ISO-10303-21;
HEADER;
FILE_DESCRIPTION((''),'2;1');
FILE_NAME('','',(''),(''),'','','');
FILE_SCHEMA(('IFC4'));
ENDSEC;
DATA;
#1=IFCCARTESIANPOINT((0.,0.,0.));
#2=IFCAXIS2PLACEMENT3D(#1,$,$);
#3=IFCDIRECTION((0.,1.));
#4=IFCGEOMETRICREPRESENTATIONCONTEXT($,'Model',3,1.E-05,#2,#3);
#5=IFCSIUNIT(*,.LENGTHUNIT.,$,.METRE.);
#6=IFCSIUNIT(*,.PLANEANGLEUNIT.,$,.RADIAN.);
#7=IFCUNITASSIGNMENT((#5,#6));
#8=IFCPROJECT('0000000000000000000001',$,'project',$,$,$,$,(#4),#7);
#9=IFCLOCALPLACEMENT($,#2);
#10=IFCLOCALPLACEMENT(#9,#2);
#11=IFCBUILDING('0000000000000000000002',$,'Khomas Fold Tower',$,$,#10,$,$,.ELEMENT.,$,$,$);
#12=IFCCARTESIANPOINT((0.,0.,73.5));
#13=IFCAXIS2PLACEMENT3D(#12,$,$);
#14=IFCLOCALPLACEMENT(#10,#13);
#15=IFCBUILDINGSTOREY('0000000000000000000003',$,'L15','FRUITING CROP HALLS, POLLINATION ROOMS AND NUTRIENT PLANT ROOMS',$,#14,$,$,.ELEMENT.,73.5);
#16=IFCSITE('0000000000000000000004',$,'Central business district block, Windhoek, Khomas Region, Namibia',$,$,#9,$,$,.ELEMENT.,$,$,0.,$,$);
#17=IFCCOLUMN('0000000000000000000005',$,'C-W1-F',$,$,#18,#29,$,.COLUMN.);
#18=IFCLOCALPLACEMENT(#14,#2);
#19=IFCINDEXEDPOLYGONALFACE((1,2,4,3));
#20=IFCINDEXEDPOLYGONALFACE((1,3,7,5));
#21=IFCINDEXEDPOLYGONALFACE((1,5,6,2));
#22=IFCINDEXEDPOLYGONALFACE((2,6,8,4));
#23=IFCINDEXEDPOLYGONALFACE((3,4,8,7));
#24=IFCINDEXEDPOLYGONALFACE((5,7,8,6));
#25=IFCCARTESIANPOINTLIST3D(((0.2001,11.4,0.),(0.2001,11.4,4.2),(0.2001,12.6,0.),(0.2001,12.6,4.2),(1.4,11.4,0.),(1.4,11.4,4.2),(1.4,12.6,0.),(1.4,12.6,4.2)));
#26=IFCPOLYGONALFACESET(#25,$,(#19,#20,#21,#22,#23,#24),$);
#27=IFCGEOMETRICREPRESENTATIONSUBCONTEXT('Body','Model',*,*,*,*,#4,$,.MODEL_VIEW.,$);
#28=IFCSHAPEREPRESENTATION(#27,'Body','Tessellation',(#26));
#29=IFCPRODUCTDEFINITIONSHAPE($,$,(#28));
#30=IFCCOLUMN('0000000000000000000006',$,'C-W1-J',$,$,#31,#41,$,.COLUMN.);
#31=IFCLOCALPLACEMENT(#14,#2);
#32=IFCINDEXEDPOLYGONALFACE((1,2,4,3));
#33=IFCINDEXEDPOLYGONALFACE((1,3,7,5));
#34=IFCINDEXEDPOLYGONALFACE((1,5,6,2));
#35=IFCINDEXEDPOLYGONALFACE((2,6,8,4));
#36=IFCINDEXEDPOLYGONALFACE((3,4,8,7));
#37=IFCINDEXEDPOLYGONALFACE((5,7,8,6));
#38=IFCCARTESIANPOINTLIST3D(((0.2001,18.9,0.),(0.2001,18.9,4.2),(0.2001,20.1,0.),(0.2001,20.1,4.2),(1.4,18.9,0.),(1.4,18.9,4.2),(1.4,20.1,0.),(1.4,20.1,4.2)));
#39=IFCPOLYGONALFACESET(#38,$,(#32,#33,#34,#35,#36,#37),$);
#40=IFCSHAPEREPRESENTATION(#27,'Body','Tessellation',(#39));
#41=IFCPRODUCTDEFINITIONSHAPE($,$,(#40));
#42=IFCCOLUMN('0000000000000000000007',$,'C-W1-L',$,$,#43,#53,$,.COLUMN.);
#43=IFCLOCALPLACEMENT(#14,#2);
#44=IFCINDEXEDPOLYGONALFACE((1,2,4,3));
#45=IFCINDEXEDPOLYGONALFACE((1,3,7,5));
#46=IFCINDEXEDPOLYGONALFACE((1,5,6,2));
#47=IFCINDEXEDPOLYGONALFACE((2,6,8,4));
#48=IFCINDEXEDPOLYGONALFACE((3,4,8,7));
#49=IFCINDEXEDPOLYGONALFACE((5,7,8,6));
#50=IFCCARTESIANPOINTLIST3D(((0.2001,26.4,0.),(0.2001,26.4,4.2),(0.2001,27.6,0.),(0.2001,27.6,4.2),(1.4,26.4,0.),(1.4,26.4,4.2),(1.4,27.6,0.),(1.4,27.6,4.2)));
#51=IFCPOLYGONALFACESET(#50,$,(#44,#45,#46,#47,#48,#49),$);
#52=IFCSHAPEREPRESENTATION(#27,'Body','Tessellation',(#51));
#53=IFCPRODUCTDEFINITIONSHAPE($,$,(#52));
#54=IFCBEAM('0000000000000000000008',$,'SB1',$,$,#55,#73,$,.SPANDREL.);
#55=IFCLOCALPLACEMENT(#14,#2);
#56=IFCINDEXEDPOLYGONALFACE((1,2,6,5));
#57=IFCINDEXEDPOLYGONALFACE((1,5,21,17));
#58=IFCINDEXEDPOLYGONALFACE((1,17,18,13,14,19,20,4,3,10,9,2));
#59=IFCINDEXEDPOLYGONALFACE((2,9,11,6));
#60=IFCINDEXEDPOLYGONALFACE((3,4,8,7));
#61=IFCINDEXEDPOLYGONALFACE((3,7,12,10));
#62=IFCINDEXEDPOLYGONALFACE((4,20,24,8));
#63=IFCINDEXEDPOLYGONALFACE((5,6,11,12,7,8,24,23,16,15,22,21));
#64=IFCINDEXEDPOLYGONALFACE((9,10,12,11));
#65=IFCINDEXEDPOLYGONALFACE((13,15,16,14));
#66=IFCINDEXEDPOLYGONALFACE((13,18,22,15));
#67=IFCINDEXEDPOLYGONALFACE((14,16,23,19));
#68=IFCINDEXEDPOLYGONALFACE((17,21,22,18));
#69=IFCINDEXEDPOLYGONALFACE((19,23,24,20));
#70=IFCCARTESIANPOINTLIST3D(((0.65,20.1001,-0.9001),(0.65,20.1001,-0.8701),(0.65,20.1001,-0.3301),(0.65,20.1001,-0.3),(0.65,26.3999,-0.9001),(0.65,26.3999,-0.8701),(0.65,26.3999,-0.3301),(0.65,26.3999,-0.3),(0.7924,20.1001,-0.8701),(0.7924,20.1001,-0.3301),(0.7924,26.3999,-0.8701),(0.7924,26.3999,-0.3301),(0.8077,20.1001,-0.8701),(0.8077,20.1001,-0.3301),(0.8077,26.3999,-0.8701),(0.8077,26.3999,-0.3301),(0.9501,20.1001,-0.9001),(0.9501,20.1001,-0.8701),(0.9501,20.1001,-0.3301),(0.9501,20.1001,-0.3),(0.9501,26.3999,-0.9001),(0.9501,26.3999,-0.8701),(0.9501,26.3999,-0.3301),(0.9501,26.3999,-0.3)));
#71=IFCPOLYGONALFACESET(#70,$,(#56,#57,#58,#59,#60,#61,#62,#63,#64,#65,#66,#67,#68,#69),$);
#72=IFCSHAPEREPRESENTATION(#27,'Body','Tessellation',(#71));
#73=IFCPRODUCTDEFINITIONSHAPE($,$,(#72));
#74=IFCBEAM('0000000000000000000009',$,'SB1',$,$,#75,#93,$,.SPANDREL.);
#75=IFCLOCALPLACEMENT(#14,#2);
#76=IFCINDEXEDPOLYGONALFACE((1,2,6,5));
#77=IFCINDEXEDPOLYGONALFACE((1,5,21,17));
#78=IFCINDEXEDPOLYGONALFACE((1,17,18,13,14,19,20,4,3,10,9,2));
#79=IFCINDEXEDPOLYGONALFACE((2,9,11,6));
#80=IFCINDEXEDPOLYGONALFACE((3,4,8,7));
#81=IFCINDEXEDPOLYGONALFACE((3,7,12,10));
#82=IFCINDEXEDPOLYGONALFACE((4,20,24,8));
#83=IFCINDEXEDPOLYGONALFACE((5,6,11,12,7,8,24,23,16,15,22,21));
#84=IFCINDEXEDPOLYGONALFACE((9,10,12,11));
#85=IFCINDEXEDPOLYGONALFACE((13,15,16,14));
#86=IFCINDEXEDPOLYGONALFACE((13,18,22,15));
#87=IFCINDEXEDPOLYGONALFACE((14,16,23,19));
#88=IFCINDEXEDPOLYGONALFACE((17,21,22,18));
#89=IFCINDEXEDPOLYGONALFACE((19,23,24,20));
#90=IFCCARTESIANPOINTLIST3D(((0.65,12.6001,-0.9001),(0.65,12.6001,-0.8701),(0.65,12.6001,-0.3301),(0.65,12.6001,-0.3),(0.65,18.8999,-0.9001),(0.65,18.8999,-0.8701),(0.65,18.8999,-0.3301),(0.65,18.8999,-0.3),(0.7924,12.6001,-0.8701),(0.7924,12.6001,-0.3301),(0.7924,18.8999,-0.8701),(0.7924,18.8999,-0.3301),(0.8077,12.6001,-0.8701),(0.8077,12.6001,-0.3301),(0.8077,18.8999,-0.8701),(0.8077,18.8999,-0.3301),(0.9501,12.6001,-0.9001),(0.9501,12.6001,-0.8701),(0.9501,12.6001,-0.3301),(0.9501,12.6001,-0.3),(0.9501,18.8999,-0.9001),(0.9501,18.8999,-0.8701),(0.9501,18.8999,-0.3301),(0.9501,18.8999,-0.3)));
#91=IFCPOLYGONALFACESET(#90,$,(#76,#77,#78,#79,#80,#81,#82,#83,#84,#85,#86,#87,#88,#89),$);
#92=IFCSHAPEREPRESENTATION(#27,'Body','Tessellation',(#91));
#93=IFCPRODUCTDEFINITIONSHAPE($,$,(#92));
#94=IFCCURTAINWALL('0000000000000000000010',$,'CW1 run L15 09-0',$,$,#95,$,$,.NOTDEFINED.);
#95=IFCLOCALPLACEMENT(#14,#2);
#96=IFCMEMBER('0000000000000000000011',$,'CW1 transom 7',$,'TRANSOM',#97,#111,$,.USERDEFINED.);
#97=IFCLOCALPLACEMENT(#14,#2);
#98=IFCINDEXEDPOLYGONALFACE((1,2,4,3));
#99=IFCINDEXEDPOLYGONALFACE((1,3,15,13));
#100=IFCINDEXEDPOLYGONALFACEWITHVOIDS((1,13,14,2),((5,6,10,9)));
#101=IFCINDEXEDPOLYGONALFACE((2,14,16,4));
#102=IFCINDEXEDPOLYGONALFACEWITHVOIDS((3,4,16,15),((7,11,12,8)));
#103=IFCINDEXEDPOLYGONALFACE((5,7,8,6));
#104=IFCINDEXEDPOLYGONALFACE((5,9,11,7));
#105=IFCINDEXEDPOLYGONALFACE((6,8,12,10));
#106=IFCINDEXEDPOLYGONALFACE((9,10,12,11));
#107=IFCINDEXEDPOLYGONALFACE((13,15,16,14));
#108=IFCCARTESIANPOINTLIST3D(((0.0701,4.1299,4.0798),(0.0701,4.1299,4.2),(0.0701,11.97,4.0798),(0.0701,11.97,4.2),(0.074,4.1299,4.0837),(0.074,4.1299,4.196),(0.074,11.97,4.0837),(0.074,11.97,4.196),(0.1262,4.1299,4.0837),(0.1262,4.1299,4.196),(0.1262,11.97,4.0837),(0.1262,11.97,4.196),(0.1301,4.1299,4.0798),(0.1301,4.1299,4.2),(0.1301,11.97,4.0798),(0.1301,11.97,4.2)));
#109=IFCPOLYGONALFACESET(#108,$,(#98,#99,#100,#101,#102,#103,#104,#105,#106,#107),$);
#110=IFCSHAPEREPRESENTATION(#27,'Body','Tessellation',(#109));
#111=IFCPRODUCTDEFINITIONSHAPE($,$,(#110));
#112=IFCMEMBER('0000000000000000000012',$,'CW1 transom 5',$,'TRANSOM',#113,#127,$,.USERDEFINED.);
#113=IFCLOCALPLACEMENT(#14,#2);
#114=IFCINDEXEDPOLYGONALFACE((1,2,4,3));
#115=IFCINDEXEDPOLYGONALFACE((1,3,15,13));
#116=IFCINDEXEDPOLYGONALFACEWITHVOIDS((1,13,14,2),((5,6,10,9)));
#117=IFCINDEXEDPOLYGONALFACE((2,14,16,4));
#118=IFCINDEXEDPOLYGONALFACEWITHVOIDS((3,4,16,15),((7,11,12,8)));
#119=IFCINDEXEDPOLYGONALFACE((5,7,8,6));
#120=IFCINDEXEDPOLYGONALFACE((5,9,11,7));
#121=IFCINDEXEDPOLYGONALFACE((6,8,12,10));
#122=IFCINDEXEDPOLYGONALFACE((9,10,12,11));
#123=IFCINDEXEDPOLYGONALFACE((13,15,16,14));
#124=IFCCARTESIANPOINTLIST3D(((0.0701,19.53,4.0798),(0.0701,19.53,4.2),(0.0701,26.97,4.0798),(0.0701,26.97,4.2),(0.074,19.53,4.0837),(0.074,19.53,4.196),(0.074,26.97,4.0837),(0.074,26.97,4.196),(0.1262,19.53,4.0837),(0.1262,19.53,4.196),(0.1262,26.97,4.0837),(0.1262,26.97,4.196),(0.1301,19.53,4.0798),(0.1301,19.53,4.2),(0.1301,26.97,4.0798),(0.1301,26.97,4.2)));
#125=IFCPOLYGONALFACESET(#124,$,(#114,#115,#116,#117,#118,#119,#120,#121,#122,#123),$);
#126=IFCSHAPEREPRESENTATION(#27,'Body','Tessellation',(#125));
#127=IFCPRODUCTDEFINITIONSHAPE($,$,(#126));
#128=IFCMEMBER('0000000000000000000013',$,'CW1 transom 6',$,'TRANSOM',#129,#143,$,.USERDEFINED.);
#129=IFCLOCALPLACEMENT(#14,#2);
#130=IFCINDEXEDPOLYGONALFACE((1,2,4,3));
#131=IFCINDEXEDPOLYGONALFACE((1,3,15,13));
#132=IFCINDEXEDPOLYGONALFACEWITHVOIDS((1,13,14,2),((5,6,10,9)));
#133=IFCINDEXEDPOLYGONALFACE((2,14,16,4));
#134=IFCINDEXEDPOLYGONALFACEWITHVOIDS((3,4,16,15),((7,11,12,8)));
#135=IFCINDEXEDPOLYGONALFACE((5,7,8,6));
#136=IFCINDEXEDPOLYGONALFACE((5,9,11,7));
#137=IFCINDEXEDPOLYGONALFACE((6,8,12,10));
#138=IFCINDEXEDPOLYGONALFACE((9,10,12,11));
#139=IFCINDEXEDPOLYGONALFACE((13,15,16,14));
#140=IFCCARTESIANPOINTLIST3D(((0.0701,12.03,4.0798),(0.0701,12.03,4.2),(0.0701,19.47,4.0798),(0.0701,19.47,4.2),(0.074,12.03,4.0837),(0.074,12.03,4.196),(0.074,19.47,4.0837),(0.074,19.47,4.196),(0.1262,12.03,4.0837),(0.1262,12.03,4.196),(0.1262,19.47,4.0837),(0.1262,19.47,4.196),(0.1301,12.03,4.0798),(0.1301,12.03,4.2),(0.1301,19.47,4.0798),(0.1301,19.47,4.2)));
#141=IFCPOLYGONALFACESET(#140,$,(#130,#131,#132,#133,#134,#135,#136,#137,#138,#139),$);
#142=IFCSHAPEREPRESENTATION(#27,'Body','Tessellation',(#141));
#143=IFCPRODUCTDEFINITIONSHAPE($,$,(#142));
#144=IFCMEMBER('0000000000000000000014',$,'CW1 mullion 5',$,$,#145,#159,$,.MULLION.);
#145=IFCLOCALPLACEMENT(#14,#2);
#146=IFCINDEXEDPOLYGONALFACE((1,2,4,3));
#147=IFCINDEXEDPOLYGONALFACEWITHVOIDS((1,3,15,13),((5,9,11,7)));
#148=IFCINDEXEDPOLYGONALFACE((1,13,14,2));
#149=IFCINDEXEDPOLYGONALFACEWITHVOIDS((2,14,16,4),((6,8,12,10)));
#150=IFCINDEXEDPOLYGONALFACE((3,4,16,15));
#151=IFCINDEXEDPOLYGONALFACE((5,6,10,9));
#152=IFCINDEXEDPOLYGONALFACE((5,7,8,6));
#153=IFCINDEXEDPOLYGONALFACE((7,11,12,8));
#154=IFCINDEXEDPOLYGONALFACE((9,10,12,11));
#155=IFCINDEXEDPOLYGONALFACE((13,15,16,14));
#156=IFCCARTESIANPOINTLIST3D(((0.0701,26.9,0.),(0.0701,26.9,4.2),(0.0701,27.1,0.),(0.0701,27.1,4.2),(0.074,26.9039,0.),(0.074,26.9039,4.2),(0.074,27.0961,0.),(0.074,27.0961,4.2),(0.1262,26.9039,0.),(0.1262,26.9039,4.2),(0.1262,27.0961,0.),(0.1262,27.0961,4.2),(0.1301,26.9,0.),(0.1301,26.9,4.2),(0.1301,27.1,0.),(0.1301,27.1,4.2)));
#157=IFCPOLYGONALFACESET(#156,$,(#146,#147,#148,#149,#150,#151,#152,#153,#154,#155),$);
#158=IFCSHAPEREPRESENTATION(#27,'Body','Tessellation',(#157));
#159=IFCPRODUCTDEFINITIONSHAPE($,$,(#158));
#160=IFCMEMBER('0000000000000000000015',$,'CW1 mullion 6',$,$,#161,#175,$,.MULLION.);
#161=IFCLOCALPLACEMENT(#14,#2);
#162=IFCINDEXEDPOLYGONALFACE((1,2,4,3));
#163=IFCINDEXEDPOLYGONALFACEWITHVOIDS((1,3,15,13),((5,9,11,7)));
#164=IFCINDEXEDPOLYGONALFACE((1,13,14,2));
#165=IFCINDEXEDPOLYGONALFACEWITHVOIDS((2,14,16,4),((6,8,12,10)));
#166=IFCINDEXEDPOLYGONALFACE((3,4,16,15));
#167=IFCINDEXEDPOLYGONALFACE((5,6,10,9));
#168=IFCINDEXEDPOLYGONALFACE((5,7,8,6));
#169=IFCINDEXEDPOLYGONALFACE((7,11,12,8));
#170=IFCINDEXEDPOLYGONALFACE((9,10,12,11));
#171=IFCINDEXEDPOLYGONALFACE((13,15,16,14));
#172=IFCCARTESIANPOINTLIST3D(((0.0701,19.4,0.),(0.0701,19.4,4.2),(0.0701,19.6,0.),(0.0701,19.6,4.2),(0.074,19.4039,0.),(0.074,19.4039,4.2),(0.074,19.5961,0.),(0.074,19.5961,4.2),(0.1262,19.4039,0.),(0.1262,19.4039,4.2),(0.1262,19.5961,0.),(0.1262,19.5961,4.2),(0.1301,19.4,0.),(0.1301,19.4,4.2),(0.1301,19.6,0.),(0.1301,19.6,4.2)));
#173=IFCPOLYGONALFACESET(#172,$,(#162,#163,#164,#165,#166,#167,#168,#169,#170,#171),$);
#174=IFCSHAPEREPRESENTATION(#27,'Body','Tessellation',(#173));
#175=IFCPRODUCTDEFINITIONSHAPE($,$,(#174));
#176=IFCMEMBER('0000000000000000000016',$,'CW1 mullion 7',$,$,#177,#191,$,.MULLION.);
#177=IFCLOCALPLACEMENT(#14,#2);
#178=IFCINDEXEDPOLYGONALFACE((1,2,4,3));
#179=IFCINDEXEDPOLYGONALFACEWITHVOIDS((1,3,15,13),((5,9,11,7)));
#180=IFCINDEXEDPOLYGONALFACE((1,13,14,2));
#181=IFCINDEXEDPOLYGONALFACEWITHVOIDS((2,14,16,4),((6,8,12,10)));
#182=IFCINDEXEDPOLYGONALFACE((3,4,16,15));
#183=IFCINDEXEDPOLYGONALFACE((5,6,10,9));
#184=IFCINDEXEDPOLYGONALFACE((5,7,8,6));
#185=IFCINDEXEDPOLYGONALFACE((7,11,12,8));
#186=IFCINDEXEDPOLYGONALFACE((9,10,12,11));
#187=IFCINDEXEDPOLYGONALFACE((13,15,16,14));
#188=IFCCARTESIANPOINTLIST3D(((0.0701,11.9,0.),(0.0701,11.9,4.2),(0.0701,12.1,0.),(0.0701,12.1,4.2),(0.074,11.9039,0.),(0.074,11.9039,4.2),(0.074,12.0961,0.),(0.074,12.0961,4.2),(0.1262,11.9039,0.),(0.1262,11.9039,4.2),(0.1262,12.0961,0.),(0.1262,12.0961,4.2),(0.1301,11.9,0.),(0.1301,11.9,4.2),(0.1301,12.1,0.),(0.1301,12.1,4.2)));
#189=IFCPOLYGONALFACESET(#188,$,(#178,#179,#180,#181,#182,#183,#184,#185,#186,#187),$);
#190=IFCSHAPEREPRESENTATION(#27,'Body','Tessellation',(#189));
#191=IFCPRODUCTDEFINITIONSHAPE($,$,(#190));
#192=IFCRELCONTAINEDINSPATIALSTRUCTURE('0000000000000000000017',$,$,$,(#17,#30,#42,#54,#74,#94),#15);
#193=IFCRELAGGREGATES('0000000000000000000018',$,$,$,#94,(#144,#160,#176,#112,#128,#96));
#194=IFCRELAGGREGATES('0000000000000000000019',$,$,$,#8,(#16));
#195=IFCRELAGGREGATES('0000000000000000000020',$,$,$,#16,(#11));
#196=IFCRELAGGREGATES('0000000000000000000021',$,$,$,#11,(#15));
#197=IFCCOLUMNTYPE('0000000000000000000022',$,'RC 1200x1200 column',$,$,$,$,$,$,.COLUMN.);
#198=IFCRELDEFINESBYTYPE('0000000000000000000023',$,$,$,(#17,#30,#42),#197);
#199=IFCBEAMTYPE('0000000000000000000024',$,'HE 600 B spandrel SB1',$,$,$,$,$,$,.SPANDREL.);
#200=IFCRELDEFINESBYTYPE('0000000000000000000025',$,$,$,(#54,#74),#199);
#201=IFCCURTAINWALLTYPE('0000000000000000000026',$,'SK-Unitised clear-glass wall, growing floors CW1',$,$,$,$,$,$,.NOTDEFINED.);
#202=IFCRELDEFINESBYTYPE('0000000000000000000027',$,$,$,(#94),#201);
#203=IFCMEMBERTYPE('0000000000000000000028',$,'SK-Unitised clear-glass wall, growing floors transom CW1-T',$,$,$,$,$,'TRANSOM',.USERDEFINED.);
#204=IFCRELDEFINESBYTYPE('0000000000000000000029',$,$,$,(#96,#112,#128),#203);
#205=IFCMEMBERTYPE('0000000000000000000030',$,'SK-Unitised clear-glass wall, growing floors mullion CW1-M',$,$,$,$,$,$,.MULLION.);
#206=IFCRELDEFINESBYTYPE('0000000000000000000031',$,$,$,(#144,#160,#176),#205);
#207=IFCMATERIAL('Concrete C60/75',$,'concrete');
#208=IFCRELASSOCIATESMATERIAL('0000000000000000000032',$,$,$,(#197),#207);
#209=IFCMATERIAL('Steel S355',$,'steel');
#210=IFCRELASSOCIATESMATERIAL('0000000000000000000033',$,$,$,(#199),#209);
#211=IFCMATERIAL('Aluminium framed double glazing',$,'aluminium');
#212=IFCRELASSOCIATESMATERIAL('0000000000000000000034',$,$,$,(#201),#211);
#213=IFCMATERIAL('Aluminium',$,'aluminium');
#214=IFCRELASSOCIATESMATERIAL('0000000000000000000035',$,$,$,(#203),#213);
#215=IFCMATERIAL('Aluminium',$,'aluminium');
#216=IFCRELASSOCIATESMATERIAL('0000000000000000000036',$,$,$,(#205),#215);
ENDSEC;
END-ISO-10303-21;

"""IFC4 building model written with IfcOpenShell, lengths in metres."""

from ifc_helpers import new_model, si_unit, direction, frame, origin, origin_2d, place, context, subcontext, project, spatial, rectangle, hollow_rectangle, i_section, extrude, source, transform, mapped, material, material_profile, profile_set, type_object, element, aggregate, save


model = new_model("IFC4")

# Units and contexts
model_context = context("Model", 3, precision=1e-05, world=origin(), true_north=direction((0.0, 1.0)))
body_context = subcontext(model_context, "Body", "Model", "MODEL_VIEW")
ifc_project = project(units=[si_unit("LENGTHUNIT", "METRE"), si_unit("PLANEANGLEUNIT", "RADIAN")], contexts=[model_context])

# Site, building, storey
site_placement = place(None, origin())
site = spatial("IfcSite", under=ifc_project, at=site_placement, Name="Central business district block, Windhoek, Khomas Region, Namibia", CompositionType="ELEMENT", RefElevation=0.0)
building_placement = place(site_placement, origin())
building = spatial("IfcBuilding", under=site, at=building_placement, Name="Khomas Fold Tower", CompositionType="ELEMENT")
storey_placement = place(building_placement, frame((0.0, 0.0, 73.5)))
storey = spatial("IfcBuildingStorey", under=building, at=storey_placement, Name="L15", Description="FRUITING CROP HALLS, POLLINATION ROOMS AND NUTRIENT PLANT ROOMS", CompositionType="ELEMENT", Elevation=73.5)

# Columns
ifc_material_1 = material(Name="Concrete C60/75", Category="concrete")
ifc_material_profile_1 = material_profile(ifc_material_1, rectangle(XDim=1.2, YDim=1.2, at=origin_2d()), Name="RC 1200x1200")
ifc_profile_set_1 = profile_set([ifc_material_profile_1], Name="Concrete C60/75")
column_type = type_object("IfcColumnType", Name="RC 1200x1200 column", PredefinedType="COLUMN", material=ifc_profile_set_1)
shared_shape_1 = source(origin(), body_context, "Body", "SweptSolid", [
    extrude(rectangle(XDim=1.2, YDim=1.2, at=origin_2d()), origin(), (0.0, 0.0, 1.0), 4.2),
])
for number, where, z_axis, x_axis, name in (
    (1, (0.8, 12.0, 0.0), (0.0, 0.0, 1.0), (1.0, 0.0, 0.0), "C-W1-F"),
    (2, (0.8, 19.5, 0.0), (0.0, 0.0, 1.0), (1.0, 0.0, 0.0), "C-W1-J"),
    (3, (0.8, 27.0, 0.0), (0.0, 0.0, 1.0), (1.0, 0.0, 0.0), "C-W1-L"),
):
    element("IfcColumn", number, at=place(storey_placement, frame(where, z_axis=z_axis, x_axis=x_axis)), inside=storey, type_object=column_type, Name=name, PredefinedType="COLUMN", context=body_context, shape_type="MappedRepresentation", body=[
        mapped(shared_shape_1, transform((0.0, 0.0, 0.0))),
    ])

# Beams
ifc_material_2 = material(Name="Steel S355", Category="steel")
ifc_material_profile_2 = material_profile(ifc_material_2, i_section(OverallWidth=0.3, OverallDepth=0.6001, WebThickness=0.0154, FlangeThickness=0.03, at=origin_2d()), Name="HE 600 B")
ifc_profile_set_2 = profile_set([ifc_material_profile_2], Name="Steel S355")
beam_type = type_object("IfcBeamType", Name="HE 600 B spandrel SB1", PredefinedType="SPANDREL", material=ifc_profile_set_2)
shared_shape_2 = source(origin(), body_context, "Body", "SweptSolid", [
    extrude(i_section(OverallWidth=0.3, OverallDepth=0.6001, WebThickness=0.0154, FlangeThickness=0.03, at=origin_2d()), origin(), (0.0, 0.0, 1.0), 6.2998),
])
for number, where, z_axis, x_axis, name in (
    (4, (0.8, 20.1001, -0.6001), (0.0, 1.0, 0.0), (-1.0, 0.0, 0.0), "SB1"),
    (5, (0.8, 12.6001, -0.6001), (0.0, 1.0, 0.0), (-1.0, 0.0, 0.0), "SB1"),
):
    element("IfcBeam", number, at=place(storey_placement, frame(where, z_axis=z_axis, x_axis=x_axis)), inside=storey, type_object=beam_type, Name=name, PredefinedType="SPANDREL", context=body_context, shape_type="MappedRepresentation", body=[
        mapped(shared_shape_2, transform((0.0, 0.0, 0.0))),
    ])

# Curtain wall, members
ifc_material_3 = material(Name="Aluminium framed double glazing", Category="aluminium")
curtain_wall_type = type_object("IfcCurtainWallType", Name="SK-Unitised clear-glass wall, growing floors CW1", PredefinedType="NOTDEFINED", material=ifc_material_3)
curtain_wall_placement = place(storey_placement, origin())
curtain_wall = element("IfcCurtainWall", 6, at=curtain_wall_placement, inside=storey, type_object=curtain_wall_type, Name="CW1 run L15 09-0", PredefinedType="NOTDEFINED")
ifc_material_4 = material(Name="Aluminium", Category="aluminium")
ifc_material_profile_3 = material_profile(ifc_material_4, hollow_rectangle(XDim=0.0601, YDim=0.1201, WallThickness=0.0039, at=origin_2d()), Name="SK-Unitised clear-glass wall, growing floors transom CW1-T")
ifc_profile_set_3 = profile_set([ifc_material_profile_3], Name="Aluminium")
member_type_1 = type_object("IfcMemberType", Name="SK-Unitised clear-glass wall, growing floors transom CW1-T", ElementType="TRANSOM", PredefinedType="USERDEFINED", material=ifc_profile_set_3)
shared_shape_3 = source(origin(), body_context, "Body", "SweptSolid", [
    extrude(hollow_rectangle(XDim=0.0601, YDim=0.1201, WallThickness=0.0039, at=origin_2d()), origin(), (0.0, 0.0, 1.0), 7.8401),
])
member_1_placement = place(storey_placement, frame((0.1001, 11.97, 4.1399), z_axis=(0.0, -1.0, 0.0), x_axis=(1.0, 0.0, 0.0)))
member_1 = element("IfcMember", 7, at=member_1_placement, type_object=member_type_1, Name="CW1 transom 7", ObjectType="TRANSOM", PredefinedType="USERDEFINED", context=body_context, shape_type="MappedRepresentation", body=[
    mapped(shared_shape_3, transform((0.0, 0.0, 0.0))),
])
shared_shape_4 = source(origin(), body_context, "Body", "SweptSolid", [
    extrude(hollow_rectangle(XDim=0.0601, YDim=0.1201, WallThickness=0.0039, at=origin_2d()), origin(), (0.0, 0.0, 1.0), 7.4399),
])
member_2_placement = place(storey_placement, frame((0.1001, 26.97, 4.1399), z_axis=(0.0, -1.0, 0.0), x_axis=(1.0, 0.0, 0.0)))
member_2 = element("IfcMember", 8, at=member_2_placement, type_object=member_type_1, Name="CW1 transom 5", ObjectType="TRANSOM", PredefinedType="USERDEFINED", context=body_context, shape_type="MappedRepresentation", body=[
    mapped(shared_shape_4, transform((0.0, 0.0, 0.0))),
])
member_3_placement = place(storey_placement, frame((0.1001, 19.47, 4.1399), z_axis=(0.0, -1.0, 0.0), x_axis=(1.0, 0.0, 0.0)))
member_3 = element("IfcMember", 9, at=member_3_placement, type_object=member_type_1, Name="CW1 transom 6", ObjectType="TRANSOM", PredefinedType="USERDEFINED", context=body_context, shape_type="MappedRepresentation", body=[
    mapped(shared_shape_4, transform((0.0, 0.0, 0.0))),
])
ifc_material_5 = material(Name="Aluminium", Category="aluminium")
ifc_material_profile_4 = material_profile(ifc_material_5, hollow_rectangle(XDim=0.0601, YDim=0.2, WallThickness=0.0039, at=origin_2d()), Name="SK-Unitised clear-glass wall, growing floors mullion CW1-M")
ifc_profile_set_4 = profile_set([ifc_material_profile_4], Name="Aluminium")
member_type_2 = type_object("IfcMemberType", Name="SK-Unitised clear-glass wall, growing floors mullion CW1-M", PredefinedType="MULLION", material=ifc_profile_set_4)
shared_shape_5 = source(origin(), body_context, "Body", "SweptSolid", [
    extrude(hollow_rectangle(XDim=0.0601, YDim=0.2, WallThickness=0.0039, at=origin_2d()), origin(), (0.0, 0.0, 1.0), 4.2),
])
member_4_placement = place(storey_placement, frame((0.1001, 27.0, 0.0), z_axis=(0.0, 0.0, 1.0), x_axis=(1.0, 0.0, 0.0)))
member_4 = element("IfcMember", 10, at=member_4_placement, type_object=member_type_2, Name="CW1 mullion 5", PredefinedType="MULLION", context=body_context, shape_type="MappedRepresentation", body=[
    mapped(shared_shape_5, transform((0.0, 0.0, 0.0))),
])
member_5_placement = place(storey_placement, frame((0.1001, 19.5, 0.0), z_axis=(0.0, 0.0, 1.0), x_axis=(1.0, 0.0, 0.0)))
member_5 = element("IfcMember", 11, at=member_5_placement, type_object=member_type_2, Name="CW1 mullion 6", PredefinedType="MULLION", context=body_context, shape_type="MappedRepresentation", body=[
    mapped(shared_shape_5, transform((0.0, 0.0, 0.0))),
])
member_6_placement = place(storey_placement, frame((0.1001, 12.0, 0.0), z_axis=(0.0, 0.0, 1.0), x_axis=(1.0, 0.0, 0.0)))
member_6 = element("IfcMember", 12, at=member_6_placement, type_object=member_type_2, Name="CW1 mullion 7", PredefinedType="MULLION", context=body_context, shape_type="MappedRepresentation", body=[
    mapped(shared_shape_5, transform((0.0, 0.0, 0.0))),
])

aggregate(curtain_wall, [member_4, member_5, member_6, member_2, member_3, member_1])

save(model, "model.ifc")
